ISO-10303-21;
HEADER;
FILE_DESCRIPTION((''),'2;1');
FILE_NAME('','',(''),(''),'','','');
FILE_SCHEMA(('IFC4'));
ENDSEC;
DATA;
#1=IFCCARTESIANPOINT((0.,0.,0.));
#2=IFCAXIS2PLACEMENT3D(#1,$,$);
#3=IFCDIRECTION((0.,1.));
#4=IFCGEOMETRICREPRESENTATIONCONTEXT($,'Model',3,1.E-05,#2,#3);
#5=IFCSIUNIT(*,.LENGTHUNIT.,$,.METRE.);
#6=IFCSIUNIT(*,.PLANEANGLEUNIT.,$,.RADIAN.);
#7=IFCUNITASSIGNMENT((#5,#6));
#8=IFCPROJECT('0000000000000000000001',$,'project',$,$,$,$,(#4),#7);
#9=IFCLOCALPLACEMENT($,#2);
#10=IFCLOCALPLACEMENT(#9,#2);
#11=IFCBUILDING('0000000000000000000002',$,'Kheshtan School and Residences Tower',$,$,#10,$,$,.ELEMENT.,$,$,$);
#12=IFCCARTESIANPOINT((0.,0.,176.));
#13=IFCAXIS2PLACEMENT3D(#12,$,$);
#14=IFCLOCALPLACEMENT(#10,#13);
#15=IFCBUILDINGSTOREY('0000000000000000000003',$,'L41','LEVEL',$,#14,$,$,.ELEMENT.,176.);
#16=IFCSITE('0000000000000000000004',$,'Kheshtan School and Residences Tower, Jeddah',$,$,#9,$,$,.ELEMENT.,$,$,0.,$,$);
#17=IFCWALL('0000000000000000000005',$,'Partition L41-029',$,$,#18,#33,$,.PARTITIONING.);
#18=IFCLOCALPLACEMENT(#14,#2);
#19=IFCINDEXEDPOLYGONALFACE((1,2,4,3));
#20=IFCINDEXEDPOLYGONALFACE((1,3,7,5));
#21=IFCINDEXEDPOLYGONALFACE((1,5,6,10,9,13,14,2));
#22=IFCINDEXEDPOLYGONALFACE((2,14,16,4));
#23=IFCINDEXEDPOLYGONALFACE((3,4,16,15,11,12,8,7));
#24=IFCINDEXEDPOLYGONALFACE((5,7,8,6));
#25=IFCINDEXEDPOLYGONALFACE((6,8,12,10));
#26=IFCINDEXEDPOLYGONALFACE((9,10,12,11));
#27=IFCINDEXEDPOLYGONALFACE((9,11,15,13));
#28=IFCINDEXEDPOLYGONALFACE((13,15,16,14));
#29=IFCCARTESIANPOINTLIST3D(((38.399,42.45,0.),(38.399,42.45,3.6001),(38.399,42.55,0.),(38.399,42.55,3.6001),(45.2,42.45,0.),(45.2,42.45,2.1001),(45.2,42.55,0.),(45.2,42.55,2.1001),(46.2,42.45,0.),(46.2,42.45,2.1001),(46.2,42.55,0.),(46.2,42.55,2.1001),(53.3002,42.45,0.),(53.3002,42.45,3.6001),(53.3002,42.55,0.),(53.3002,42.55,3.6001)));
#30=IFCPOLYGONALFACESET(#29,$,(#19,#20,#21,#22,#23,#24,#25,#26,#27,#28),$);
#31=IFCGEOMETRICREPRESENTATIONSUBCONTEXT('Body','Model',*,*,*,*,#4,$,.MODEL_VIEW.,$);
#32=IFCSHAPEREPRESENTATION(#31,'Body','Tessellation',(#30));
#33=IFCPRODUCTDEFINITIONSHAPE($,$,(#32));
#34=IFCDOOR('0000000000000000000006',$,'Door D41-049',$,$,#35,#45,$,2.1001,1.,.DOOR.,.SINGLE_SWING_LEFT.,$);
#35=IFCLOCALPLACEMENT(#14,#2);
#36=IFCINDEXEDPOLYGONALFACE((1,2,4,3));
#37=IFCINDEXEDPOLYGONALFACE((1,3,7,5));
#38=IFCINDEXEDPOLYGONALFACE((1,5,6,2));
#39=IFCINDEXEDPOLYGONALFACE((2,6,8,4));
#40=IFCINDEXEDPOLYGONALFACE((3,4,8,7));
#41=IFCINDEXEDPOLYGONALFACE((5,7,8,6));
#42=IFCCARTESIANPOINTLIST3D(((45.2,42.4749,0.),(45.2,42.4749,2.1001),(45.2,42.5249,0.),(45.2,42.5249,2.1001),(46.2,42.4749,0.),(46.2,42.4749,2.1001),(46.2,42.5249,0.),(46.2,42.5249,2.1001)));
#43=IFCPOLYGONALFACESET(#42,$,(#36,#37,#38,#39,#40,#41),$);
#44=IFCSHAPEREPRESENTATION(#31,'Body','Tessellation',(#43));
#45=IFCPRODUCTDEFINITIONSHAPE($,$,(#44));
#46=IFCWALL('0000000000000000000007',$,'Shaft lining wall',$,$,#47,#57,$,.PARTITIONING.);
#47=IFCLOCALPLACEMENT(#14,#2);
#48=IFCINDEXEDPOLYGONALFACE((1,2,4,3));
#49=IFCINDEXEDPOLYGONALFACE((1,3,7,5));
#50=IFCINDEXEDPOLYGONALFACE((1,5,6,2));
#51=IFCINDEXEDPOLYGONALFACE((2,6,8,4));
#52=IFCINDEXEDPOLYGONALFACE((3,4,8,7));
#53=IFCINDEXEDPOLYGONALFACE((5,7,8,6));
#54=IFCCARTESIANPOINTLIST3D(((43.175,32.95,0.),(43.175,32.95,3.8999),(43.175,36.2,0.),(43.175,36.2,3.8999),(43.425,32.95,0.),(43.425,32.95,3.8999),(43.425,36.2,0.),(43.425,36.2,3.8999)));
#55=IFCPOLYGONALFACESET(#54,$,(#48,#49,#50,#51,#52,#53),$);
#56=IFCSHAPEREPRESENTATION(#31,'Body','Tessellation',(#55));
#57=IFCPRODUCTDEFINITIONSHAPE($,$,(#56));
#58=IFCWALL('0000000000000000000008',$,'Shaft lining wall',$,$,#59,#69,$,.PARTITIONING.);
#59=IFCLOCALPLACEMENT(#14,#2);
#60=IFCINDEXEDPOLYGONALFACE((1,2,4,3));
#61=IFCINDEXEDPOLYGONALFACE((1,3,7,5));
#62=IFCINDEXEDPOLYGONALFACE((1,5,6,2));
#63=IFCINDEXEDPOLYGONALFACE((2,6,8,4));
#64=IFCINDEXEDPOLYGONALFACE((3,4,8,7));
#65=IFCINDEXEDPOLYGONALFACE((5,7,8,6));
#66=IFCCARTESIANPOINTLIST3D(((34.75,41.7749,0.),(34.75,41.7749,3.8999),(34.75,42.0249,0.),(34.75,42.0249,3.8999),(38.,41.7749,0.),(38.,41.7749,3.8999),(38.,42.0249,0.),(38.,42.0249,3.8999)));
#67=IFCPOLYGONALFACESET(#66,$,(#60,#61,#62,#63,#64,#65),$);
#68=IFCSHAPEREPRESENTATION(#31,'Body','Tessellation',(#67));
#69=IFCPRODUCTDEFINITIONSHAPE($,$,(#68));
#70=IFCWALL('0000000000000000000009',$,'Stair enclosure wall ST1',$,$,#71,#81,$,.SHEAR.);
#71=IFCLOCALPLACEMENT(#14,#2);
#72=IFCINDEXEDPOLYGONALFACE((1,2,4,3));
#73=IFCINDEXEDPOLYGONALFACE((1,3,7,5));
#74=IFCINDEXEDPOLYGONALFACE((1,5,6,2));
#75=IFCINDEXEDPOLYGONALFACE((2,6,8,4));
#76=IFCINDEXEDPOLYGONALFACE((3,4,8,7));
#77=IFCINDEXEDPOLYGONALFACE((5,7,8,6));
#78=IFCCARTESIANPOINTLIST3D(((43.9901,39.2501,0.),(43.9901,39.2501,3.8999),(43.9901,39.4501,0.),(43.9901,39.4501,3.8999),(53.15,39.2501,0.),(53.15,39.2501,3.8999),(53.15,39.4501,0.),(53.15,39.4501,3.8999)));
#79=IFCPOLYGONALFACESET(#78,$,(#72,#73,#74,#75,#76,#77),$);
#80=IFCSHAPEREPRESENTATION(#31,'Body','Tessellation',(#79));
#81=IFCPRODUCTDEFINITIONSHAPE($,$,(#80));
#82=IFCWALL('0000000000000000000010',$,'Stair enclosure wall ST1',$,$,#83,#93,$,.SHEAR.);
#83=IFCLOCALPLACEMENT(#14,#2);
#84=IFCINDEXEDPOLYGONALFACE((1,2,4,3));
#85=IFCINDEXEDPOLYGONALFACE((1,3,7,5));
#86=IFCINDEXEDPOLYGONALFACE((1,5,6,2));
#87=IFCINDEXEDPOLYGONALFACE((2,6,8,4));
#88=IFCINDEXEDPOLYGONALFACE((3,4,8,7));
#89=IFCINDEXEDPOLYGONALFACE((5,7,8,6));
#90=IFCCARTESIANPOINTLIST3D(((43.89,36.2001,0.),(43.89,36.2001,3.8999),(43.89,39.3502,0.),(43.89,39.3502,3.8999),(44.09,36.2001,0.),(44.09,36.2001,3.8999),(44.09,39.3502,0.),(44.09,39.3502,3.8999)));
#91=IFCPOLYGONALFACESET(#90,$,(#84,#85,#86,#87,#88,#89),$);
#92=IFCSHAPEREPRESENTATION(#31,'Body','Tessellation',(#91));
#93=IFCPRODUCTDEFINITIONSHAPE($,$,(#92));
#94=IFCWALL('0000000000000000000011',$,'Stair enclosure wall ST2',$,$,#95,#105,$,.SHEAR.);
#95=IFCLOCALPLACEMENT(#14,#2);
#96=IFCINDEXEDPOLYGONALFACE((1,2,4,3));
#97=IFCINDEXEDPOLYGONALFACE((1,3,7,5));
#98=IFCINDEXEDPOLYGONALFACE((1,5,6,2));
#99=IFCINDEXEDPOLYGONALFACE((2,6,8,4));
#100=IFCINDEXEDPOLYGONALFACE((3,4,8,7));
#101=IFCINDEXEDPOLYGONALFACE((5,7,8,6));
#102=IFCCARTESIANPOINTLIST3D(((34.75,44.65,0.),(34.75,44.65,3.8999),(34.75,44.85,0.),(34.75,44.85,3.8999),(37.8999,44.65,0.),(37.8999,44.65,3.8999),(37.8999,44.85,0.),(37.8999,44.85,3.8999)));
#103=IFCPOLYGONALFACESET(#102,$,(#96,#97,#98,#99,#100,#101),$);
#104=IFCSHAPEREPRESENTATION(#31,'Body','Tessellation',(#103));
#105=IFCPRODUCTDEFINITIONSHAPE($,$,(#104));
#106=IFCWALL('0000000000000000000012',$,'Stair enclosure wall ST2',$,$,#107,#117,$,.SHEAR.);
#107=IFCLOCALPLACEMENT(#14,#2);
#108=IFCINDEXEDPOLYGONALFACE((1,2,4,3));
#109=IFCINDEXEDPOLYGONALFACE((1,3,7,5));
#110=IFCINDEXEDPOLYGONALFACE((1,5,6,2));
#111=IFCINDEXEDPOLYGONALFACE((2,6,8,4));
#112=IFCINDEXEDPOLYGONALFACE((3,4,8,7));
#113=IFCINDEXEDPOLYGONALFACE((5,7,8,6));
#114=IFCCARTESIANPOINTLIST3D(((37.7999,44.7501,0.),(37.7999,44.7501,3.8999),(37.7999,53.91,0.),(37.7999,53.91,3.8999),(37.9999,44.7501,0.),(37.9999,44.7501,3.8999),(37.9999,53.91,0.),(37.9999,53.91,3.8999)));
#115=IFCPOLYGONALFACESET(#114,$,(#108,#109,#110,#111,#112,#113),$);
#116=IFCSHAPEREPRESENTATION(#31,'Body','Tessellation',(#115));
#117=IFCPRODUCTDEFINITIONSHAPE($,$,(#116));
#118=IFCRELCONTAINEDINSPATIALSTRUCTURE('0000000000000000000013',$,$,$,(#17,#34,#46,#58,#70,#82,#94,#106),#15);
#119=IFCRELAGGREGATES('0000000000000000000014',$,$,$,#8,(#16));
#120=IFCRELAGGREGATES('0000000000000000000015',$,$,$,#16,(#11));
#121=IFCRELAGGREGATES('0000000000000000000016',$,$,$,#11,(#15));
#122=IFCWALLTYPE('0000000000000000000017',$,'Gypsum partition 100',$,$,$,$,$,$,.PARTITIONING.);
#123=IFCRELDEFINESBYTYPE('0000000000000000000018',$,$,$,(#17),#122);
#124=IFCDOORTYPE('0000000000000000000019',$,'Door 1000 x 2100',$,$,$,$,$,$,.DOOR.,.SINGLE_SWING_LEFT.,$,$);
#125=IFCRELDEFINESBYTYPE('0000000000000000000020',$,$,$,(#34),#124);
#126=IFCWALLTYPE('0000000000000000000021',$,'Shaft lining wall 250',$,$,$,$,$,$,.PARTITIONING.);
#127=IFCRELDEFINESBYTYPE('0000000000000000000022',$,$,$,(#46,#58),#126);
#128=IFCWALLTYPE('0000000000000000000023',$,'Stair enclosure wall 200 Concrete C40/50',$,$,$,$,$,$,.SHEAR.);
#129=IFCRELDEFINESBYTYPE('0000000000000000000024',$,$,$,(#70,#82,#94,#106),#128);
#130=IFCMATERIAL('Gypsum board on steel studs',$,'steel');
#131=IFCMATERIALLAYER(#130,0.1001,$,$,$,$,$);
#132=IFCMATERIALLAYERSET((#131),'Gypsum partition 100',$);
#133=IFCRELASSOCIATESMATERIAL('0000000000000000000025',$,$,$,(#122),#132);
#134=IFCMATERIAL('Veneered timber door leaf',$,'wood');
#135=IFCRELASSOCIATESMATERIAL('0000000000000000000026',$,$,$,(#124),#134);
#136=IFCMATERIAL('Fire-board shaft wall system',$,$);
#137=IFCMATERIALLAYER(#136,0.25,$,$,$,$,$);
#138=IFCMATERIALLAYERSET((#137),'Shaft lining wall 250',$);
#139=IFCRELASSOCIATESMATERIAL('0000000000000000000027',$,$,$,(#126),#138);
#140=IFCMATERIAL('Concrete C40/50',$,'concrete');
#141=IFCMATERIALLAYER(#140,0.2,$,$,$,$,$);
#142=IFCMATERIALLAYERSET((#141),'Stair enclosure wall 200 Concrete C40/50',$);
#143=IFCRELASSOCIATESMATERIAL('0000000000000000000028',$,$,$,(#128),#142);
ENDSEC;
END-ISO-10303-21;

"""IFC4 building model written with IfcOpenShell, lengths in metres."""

from ifc_helpers import new_model, si_unit, direction, frame, frame_2d, origin, place, context, subcontext, project, spatial, rectangle, extrude, source, transform, mapped, material, layer, layer_set, type_object, element, fill, save


model = new_model("IFC4")

# Units and contexts
model_context = context("Model", 3, precision=1e-05, world=origin(), true_north=direction((0.0, 1.0)))
body_context = subcontext(model_context, "Body", "Model", "MODEL_VIEW")
ifc_project = project(units=[si_unit("LENGTHUNIT", "METRE"), si_unit("PLANEANGLEUNIT", "RADIAN")], contexts=[model_context])

# Site, building, storey
site_placement = place(None, origin())
site = spatial("IfcSite", under=ifc_project, at=site_placement, Name="Kheshtan School and Residences Tower, Jeddah", CompositionType="ELEMENT", RefElevation=0.0)
building_placement = place(site_placement, origin())
building = spatial("IfcBuilding", under=site, at=building_placement, Name="Kheshtan School and Residences Tower", CompositionType="ELEMENT")
storey_placement = place(building_placement, frame((0.0, 0.0, 176.0)))
storey = spatial("IfcBuildingStorey", under=building, at=storey_placement, Name="L41", Description="LEVEL", CompositionType="ELEMENT", Elevation=176.0)

# Wall, opening, door
ifc_material_1 = material(Name="Gypsum board on steel studs", Category="steel")
ifc_layer_1 = layer(ifc_material_1, 0.1001)
ifc_layer_set_1 = layer_set([ifc_layer_1], Name="Gypsum partition 100")
wall_type_1 = type_object("IfcWallType", Name="Gypsum partition 100", PredefinedType="PARTITIONING", material=ifc_layer_set_1)
wall_1_placement = place(storey_placement, frame((38.3989, 42.5, 0.0), z_axis=(0.0, 0.0, 1.0), x_axis=(1.0, 0.0, 0.0)))
wall_1 = element("IfcWall", 1, at=wall_1_placement, inside=storey, type_object=wall_type_1, Name="Partition L41-029", PredefinedType="PARTITIONING", context=body_context, shape_type="SweptSolid", body=[
    extrude(rectangle(XDim=14.9011, YDim=0.1001, at=frame_2d((7.4507, 0.0))), origin(), (0.0, 0.0, 1.0), 3.6001),
])
opening_1_placement = place(wall_1_placement, frame((6.801, 0.0, 0.0)))
opening_1 = element("IfcOpeningElement", 2, at=opening_1_placement, cuts=wall_1, PredefinedType="OPENING", context=body_context, shape_type="SweptSolid", body=[
    extrude(rectangle(XDim=1.0, YDim=2.1001, at=frame_2d((0.5, 1.05))), frame((0.0, 0.0601, 0.0), z_axis=(0.0, -1.0, 0.0), x_axis=(1.0, 0.0, 0.0)), (0.0, 0.0, 1.0), 0.1201),
])
ifc_material_2 = material(Name="Veneered timber door leaf", Category="wood")
door_type_1 = type_object("IfcDoorType", Name="Door 1000 x 2100", OperationType="SINGLE_SWING_LEFT", PredefinedType="DOOR", material=ifc_material_2)
shared_shape_1 = source(origin(), body_context, "Body", "SweptSolid", [
    extrude(rectangle(XDim=1.0, YDim=2.1001, at=frame_2d((0.5, 1.05))), frame((0.0, 0.0249, 0.0), z_axis=(0.0, -1.0, 0.0), x_axis=(1.0, 0.0, 0.0)), (0.0, 0.0, 1.0), 0.05),
])
door_1_placement = place(opening_1_placement, origin())
door_1 = element("IfcDoor", 3, at=door_1_placement, inside=storey, type_object=door_type_1, Name="Door D41-049", OperationType="SINGLE_SWING_LEFT", OverallHeight=2.1001, OverallWidth=1.0, PredefinedType="DOOR", context=body_context, shape_type="MappedRepresentation", body=[
    mapped(shared_shape_1, transform((0.0, 0.0, 0.0), x_axis=(1.0, 0.0, 0.0), y_axis=(0.0, 1.0, 0.0), z_axis=(0.0, 0.0, 1.0), scale=1.0)),
])
fill(opening_1, door_1)

# Walls
ifc_material_3 = material(Name="Fire-board shaft wall system")
ifc_layer_2 = layer(ifc_material_3, 0.25)
ifc_layer_set_2 = layer_set([ifc_layer_2], Name="Shaft lining wall 250")
wall_type_2 = type_object("IfcWallType", Name="Shaft lining wall 250", PredefinedType="PARTITIONING", material=ifc_layer_set_2)
for number, where, z_axis, x_axis, name in (
    (4, (43.3, 32.95, 0.0), (0.0, 0.0, 1.0), (0.0, 1.0, 0.0), "Shaft lining wall"),
    (5, (34.75, 41.8999, 0.0), (0.0, 0.0, 1.0), (1.0, 0.0, 0.0), "Shaft lining wall"),
):
    element("IfcWall", number, at=place(storey_placement, frame(where, z_axis=z_axis, x_axis=x_axis)), inside=storey, type_object=wall_type_2, Name=name, PredefinedType="PARTITIONING", context=body_context, shape_type="SweptSolid", body=[
        extrude(rectangle(XDim=3.25, YDim=0.25, at=frame_2d((1.625, 0.0))), origin(), (0.0, 0.0, 1.0), 3.8999),
    ])
ifc_material_4 = material(Name="Concrete C40/50", Category="concrete")
ifc_layer_3 = layer(ifc_material_4, 0.2)
ifc_layer_set_3 = layer_set([ifc_layer_3], Name="Stair enclosure wall 200 Concrete C40/50")
wall_type_3 = type_object("IfcWallType", Name="Stair enclosure wall 200 Concrete C40/50", PredefinedType="SHEAR", material=ifc_layer_set_3)
wall_2_placement = place(storey_placement, frame((43.99, 39.3501, 0.0), z_axis=(0.0, 0.0, 1.0), x_axis=(1.0, 0.0, 0.0)))
element("IfcWall", 6, at=wall_2_placement, inside=storey, type_object=wall_type_3, Name="Stair enclosure wall ST1", PredefinedType="SHEAR", context=body_context, shape_type="SweptSolid", body=[
    extrude(rectangle(XDim=9.1599, YDim=0.2, at=frame_2d((4.5801, 0.0))), origin(), (0.0, 0.0, 1.0), 3.8999),
])
wall_3_placement = place(storey_placement, frame((43.99, 36.2, 0.0), z_axis=(0.0, 0.0, 1.0), x_axis=(0.0, 1.0, 0.0)))
element("IfcWall", 7, at=wall_3_placement, inside=storey, type_object=wall_type_3, Name="Stair enclosure wall ST1", PredefinedType="SHEAR", context=body_context, shape_type="SweptSolid", body=[
    extrude(rectangle(XDim=3.1501, YDim=0.2, at=frame_2d((1.5752, 0.0))), origin(), (0.0, 0.0, 1.0), 3.8999),
])
wall_4_placement = place(storey_placement, frame((34.75, 44.75, 0.0), z_axis=(0.0, 0.0, 1.0), x_axis=(1.0, 0.0, 0.0)))
element("IfcWall", 8, at=wall_4_placement, inside=storey, type_object=wall_type_3, Name="Stair enclosure wall ST2", PredefinedType="SHEAR", context=body_context, shape_type="SweptSolid", body=[
    extrude(rectangle(XDim=3.1499, YDim=0.2, at=frame_2d((1.575, 0.0))), origin(), (0.0, 0.0, 1.0), 3.8999),
])
wall_5_placement = place(storey_placement, frame((37.8999, 44.75, 0.0), z_axis=(0.0, 0.0, 1.0), x_axis=(0.0, 1.0, 0.0)))
element("IfcWall", 9, at=wall_5_placement, inside=storey, type_object=wall_type_3, Name="Stair enclosure wall ST2", PredefinedType="SHEAR", context=body_context, shape_type="SweptSolid", body=[
    extrude(rectangle(XDim=9.1599, YDim=0.2, at=frame_2d((4.5801, 0.0))), origin(), (0.0, 0.0, 1.0), 3.8999),
])

save(model, "model.ifc")
